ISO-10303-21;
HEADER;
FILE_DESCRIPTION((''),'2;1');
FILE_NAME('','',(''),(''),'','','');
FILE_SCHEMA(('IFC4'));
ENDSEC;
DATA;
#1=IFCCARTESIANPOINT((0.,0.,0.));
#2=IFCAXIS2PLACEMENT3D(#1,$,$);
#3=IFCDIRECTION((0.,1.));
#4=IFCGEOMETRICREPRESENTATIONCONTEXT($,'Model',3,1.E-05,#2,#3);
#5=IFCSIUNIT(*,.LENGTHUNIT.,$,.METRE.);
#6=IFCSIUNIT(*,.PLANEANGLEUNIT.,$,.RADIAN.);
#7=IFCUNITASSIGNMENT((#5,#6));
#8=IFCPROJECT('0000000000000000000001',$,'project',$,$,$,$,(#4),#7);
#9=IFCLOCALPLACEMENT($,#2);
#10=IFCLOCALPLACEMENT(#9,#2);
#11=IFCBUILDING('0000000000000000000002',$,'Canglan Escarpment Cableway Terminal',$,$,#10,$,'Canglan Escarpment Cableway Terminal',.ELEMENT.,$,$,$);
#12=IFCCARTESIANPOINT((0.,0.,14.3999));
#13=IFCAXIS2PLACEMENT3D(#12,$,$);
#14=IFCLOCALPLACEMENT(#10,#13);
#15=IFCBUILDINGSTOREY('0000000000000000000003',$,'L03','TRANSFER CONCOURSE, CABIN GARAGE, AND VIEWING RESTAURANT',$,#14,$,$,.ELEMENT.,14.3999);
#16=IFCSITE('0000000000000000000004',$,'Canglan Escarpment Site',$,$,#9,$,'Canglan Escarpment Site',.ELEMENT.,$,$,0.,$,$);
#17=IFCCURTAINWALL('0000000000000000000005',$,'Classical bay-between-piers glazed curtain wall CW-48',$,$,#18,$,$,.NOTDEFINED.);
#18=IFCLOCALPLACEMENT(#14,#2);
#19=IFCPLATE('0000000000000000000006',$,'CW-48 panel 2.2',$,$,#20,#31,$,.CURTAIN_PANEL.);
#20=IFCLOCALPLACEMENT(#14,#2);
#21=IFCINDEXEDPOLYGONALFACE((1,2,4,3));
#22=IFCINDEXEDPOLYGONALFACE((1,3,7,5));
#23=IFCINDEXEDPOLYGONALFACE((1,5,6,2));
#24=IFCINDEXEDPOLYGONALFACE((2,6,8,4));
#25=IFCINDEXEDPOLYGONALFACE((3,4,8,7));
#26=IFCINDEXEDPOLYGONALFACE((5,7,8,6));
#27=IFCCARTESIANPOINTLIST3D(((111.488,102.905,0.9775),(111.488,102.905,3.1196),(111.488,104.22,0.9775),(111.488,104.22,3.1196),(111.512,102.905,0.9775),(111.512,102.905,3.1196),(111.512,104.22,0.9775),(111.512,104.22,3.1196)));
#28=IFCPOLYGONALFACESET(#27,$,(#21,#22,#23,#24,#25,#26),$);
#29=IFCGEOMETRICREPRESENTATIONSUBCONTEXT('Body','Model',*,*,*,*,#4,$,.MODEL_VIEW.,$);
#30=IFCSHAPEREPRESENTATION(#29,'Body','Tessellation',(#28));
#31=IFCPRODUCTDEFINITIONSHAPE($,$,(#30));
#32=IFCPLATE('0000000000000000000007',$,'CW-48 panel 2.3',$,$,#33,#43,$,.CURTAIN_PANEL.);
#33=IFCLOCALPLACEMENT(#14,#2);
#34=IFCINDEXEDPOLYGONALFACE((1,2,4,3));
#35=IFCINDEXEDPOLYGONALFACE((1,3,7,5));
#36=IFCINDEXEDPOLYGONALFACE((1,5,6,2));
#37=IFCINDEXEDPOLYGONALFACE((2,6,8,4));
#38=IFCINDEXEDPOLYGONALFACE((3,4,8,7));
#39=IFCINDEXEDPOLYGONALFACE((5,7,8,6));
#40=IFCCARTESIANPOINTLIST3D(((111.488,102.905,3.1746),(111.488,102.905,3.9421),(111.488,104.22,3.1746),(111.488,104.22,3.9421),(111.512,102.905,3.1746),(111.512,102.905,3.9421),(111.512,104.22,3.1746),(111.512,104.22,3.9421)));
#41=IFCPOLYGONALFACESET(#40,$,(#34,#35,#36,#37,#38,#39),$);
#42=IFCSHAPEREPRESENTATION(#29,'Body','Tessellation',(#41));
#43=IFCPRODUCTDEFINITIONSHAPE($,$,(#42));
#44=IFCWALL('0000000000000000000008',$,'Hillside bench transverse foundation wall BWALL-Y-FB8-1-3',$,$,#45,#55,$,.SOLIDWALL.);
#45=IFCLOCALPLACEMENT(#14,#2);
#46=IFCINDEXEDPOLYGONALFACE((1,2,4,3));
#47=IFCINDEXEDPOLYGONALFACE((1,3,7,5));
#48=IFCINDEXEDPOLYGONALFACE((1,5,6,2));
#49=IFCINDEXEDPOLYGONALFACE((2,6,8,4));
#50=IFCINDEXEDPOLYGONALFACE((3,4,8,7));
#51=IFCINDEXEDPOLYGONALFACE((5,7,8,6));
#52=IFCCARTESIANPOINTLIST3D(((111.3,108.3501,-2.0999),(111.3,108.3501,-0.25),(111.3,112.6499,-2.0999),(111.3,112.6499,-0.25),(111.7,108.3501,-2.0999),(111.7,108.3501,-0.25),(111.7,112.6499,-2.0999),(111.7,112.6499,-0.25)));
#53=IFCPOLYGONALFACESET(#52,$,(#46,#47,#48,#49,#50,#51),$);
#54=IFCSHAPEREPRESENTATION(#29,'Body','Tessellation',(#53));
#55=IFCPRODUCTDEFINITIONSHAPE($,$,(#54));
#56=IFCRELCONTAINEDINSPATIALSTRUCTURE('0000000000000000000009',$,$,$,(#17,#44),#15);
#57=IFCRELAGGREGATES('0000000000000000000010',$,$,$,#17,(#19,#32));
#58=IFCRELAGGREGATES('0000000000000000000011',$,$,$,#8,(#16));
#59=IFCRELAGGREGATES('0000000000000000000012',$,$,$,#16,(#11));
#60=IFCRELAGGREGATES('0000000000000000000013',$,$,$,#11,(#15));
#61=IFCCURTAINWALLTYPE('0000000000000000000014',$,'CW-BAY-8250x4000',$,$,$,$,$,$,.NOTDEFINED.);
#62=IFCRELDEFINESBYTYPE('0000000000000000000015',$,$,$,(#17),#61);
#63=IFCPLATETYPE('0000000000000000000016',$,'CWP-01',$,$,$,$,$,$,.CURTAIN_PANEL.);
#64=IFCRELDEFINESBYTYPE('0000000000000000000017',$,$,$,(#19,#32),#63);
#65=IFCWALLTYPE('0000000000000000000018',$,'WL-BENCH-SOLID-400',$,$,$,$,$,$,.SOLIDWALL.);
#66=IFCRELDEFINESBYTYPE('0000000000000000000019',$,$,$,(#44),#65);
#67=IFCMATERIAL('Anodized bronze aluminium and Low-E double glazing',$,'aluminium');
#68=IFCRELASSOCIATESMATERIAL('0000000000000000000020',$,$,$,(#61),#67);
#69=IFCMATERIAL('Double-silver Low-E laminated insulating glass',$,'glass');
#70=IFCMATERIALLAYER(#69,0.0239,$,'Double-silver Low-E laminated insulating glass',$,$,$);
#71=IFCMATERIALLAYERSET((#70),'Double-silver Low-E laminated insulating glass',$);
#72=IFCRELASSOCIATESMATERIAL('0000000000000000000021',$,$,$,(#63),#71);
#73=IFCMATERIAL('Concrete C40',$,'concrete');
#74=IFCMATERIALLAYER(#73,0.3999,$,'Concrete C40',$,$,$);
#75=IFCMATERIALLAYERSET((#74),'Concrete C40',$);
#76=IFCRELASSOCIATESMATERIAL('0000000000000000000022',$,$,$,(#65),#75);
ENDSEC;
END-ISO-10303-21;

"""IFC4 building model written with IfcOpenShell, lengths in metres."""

from ifc_helpers import new_model, si_unit, direction, frame, frame_2d, origin, origin_2d, place, context, subcontext, project, spatial, rectangle, extrude, material, layer, layer_set, type_object, element, aggregate, save


model = new_model("IFC4")

# Units and contexts
model_context = context("Model", 3, precision=1e-05, world=origin(), true_north=direction((0.0, 1.0)))
body_context = subcontext(model_context, "Body", "Model", "MODEL_VIEW")
ifc_project = project(units=[si_unit("LENGTHUNIT", "METRE"), si_unit("PLANEANGLEUNIT", "RADIAN")], contexts=[model_context])

# Site, building, storey
site_placement = place(None, origin())
site = spatial("IfcSite", under=ifc_project, at=site_placement, Name="Canglan Escarpment Site", LongName="Canglan Escarpment Site", CompositionType="ELEMENT", RefElevation=0.0)
building_placement = place(site_placement, origin())
building = spatial("IfcBuilding", under=site, at=building_placement, Name="Canglan Escarpment Cableway Terminal", LongName="Canglan Escarpment Cableway Terminal", CompositionType="ELEMENT")
storey_placement = place(building_placement, frame((0.0, 0.0, 14.3999)))
storey = spatial("IfcBuildingStorey", under=building, at=storey_placement, Name="L03", Description="TRANSFER CONCOURSE, CABIN GARAGE, AND VIEWING RESTAURANT", CompositionType="ELEMENT", Elevation=14.3999)

# Shared definitions
ifc_material_1 = material(Name="Concrete C40", Category="concrete")

# Curtain wall
ifc_material_2 = material(Name="Anodized bronze aluminium and Low-E double glazing", Category="aluminium")
curtain_wall_type = type_object("IfcCurtainWallType", Name="CW-BAY-8250x4000", PredefinedType="NOTDEFINED", material=ifc_material_2)
curtain_wall_1_placement = place(storey_placement, origin())
curtain_wall_1 = element("IfcCurtainWall", 1, at=curtain_wall_1_placement, inside=storey, type_object=curtain_wall_type, Name="Classical bay-between-piers glazed curtain wall CW-48", PredefinedType="NOTDEFINED")

# Plates
ifc_material_3 = material(Name="Double-silver Low-E laminated insulating glass", Category="glass")
ifc_layer_1 = layer(ifc_material_3, 0.0239, Name="Double-silver Low-E laminated insulating glass")
ifc_layer_set_1 = layer_set([ifc_layer_1], Name="Double-silver Low-E laminated insulating glass")
plate_type = type_object("IfcPlateType", Name="CWP-01", PredefinedType="CURTAIN_PANEL", material=ifc_layer_set_1)
plate_1_placement = place(storey_placement, frame((111.5, 103.5625, 0.9775), z_axis=(0.0, 0.0, 1.0), x_axis=(0.0, -1.0, 0.0)))
plate_1 = element("IfcPlate", 2, at=plate_1_placement, type_object=plate_type, Name="CW-48 panel 2.2", PredefinedType="CURTAIN_PANEL", context=body_context, shape_type="SweptSolid", body=[
    extrude(rectangle(XDim=1.3149, YDim=0.0239, at=origin_2d()), origin(), (0.0, 0.0, 1.0), 2.1421),
])
plate_2_placement = place(storey_placement, frame((111.5, 103.5625, 3.1746), z_axis=(0.0, 0.0, 1.0), x_axis=(0.0, -1.0, 0.0)))
plate_2 = element("IfcPlate", 3, at=plate_2_placement, type_object=plate_type, Name="CW-48 panel 2.3", PredefinedType="CURTAIN_PANEL", context=body_context, shape_type="SweptSolid", body=[
    extrude(rectangle(XDim=1.3149, YDim=0.0239, at=origin_2d()), origin(), (0.0, 0.0, 1.0), 0.7676),
])
aggregate(curtain_wall_1, [plate_1, plate_2])

# Wall
ifc_layer_2 = layer(ifc_material_1, 0.3999, Name="Concrete C40")
ifc_layer_set_2 = layer_set([ifc_layer_2], Name="Concrete C40")
wall_type = type_object("IfcWallType", Name="WL-BENCH-SOLID-400", PredefinedType="SOLIDWALL", material=ifc_layer_set_2)
wall_placement = place(storey_placement, frame((111.5, 108.3501, -2.0999), z_axis=(0.0, 0.0, 1.0), x_axis=(0.0, 1.0, 0.0)))
element("IfcWall", 4, at=wall_placement, inside=storey, type_object=wall_type, Name="Hillside bench transverse foundation wall BWALL-Y-FB8-1-3", PredefinedType="SOLIDWALL", context=body_context, shape_type="SweptSolid", body=[
    extrude(rectangle(XDim=4.2998, YDim=0.3999, at=frame_2d((2.1499, 0.0))), origin(), (0.0, 0.0, 1.0), 1.8499),
])

save(model, "model.ifc")
